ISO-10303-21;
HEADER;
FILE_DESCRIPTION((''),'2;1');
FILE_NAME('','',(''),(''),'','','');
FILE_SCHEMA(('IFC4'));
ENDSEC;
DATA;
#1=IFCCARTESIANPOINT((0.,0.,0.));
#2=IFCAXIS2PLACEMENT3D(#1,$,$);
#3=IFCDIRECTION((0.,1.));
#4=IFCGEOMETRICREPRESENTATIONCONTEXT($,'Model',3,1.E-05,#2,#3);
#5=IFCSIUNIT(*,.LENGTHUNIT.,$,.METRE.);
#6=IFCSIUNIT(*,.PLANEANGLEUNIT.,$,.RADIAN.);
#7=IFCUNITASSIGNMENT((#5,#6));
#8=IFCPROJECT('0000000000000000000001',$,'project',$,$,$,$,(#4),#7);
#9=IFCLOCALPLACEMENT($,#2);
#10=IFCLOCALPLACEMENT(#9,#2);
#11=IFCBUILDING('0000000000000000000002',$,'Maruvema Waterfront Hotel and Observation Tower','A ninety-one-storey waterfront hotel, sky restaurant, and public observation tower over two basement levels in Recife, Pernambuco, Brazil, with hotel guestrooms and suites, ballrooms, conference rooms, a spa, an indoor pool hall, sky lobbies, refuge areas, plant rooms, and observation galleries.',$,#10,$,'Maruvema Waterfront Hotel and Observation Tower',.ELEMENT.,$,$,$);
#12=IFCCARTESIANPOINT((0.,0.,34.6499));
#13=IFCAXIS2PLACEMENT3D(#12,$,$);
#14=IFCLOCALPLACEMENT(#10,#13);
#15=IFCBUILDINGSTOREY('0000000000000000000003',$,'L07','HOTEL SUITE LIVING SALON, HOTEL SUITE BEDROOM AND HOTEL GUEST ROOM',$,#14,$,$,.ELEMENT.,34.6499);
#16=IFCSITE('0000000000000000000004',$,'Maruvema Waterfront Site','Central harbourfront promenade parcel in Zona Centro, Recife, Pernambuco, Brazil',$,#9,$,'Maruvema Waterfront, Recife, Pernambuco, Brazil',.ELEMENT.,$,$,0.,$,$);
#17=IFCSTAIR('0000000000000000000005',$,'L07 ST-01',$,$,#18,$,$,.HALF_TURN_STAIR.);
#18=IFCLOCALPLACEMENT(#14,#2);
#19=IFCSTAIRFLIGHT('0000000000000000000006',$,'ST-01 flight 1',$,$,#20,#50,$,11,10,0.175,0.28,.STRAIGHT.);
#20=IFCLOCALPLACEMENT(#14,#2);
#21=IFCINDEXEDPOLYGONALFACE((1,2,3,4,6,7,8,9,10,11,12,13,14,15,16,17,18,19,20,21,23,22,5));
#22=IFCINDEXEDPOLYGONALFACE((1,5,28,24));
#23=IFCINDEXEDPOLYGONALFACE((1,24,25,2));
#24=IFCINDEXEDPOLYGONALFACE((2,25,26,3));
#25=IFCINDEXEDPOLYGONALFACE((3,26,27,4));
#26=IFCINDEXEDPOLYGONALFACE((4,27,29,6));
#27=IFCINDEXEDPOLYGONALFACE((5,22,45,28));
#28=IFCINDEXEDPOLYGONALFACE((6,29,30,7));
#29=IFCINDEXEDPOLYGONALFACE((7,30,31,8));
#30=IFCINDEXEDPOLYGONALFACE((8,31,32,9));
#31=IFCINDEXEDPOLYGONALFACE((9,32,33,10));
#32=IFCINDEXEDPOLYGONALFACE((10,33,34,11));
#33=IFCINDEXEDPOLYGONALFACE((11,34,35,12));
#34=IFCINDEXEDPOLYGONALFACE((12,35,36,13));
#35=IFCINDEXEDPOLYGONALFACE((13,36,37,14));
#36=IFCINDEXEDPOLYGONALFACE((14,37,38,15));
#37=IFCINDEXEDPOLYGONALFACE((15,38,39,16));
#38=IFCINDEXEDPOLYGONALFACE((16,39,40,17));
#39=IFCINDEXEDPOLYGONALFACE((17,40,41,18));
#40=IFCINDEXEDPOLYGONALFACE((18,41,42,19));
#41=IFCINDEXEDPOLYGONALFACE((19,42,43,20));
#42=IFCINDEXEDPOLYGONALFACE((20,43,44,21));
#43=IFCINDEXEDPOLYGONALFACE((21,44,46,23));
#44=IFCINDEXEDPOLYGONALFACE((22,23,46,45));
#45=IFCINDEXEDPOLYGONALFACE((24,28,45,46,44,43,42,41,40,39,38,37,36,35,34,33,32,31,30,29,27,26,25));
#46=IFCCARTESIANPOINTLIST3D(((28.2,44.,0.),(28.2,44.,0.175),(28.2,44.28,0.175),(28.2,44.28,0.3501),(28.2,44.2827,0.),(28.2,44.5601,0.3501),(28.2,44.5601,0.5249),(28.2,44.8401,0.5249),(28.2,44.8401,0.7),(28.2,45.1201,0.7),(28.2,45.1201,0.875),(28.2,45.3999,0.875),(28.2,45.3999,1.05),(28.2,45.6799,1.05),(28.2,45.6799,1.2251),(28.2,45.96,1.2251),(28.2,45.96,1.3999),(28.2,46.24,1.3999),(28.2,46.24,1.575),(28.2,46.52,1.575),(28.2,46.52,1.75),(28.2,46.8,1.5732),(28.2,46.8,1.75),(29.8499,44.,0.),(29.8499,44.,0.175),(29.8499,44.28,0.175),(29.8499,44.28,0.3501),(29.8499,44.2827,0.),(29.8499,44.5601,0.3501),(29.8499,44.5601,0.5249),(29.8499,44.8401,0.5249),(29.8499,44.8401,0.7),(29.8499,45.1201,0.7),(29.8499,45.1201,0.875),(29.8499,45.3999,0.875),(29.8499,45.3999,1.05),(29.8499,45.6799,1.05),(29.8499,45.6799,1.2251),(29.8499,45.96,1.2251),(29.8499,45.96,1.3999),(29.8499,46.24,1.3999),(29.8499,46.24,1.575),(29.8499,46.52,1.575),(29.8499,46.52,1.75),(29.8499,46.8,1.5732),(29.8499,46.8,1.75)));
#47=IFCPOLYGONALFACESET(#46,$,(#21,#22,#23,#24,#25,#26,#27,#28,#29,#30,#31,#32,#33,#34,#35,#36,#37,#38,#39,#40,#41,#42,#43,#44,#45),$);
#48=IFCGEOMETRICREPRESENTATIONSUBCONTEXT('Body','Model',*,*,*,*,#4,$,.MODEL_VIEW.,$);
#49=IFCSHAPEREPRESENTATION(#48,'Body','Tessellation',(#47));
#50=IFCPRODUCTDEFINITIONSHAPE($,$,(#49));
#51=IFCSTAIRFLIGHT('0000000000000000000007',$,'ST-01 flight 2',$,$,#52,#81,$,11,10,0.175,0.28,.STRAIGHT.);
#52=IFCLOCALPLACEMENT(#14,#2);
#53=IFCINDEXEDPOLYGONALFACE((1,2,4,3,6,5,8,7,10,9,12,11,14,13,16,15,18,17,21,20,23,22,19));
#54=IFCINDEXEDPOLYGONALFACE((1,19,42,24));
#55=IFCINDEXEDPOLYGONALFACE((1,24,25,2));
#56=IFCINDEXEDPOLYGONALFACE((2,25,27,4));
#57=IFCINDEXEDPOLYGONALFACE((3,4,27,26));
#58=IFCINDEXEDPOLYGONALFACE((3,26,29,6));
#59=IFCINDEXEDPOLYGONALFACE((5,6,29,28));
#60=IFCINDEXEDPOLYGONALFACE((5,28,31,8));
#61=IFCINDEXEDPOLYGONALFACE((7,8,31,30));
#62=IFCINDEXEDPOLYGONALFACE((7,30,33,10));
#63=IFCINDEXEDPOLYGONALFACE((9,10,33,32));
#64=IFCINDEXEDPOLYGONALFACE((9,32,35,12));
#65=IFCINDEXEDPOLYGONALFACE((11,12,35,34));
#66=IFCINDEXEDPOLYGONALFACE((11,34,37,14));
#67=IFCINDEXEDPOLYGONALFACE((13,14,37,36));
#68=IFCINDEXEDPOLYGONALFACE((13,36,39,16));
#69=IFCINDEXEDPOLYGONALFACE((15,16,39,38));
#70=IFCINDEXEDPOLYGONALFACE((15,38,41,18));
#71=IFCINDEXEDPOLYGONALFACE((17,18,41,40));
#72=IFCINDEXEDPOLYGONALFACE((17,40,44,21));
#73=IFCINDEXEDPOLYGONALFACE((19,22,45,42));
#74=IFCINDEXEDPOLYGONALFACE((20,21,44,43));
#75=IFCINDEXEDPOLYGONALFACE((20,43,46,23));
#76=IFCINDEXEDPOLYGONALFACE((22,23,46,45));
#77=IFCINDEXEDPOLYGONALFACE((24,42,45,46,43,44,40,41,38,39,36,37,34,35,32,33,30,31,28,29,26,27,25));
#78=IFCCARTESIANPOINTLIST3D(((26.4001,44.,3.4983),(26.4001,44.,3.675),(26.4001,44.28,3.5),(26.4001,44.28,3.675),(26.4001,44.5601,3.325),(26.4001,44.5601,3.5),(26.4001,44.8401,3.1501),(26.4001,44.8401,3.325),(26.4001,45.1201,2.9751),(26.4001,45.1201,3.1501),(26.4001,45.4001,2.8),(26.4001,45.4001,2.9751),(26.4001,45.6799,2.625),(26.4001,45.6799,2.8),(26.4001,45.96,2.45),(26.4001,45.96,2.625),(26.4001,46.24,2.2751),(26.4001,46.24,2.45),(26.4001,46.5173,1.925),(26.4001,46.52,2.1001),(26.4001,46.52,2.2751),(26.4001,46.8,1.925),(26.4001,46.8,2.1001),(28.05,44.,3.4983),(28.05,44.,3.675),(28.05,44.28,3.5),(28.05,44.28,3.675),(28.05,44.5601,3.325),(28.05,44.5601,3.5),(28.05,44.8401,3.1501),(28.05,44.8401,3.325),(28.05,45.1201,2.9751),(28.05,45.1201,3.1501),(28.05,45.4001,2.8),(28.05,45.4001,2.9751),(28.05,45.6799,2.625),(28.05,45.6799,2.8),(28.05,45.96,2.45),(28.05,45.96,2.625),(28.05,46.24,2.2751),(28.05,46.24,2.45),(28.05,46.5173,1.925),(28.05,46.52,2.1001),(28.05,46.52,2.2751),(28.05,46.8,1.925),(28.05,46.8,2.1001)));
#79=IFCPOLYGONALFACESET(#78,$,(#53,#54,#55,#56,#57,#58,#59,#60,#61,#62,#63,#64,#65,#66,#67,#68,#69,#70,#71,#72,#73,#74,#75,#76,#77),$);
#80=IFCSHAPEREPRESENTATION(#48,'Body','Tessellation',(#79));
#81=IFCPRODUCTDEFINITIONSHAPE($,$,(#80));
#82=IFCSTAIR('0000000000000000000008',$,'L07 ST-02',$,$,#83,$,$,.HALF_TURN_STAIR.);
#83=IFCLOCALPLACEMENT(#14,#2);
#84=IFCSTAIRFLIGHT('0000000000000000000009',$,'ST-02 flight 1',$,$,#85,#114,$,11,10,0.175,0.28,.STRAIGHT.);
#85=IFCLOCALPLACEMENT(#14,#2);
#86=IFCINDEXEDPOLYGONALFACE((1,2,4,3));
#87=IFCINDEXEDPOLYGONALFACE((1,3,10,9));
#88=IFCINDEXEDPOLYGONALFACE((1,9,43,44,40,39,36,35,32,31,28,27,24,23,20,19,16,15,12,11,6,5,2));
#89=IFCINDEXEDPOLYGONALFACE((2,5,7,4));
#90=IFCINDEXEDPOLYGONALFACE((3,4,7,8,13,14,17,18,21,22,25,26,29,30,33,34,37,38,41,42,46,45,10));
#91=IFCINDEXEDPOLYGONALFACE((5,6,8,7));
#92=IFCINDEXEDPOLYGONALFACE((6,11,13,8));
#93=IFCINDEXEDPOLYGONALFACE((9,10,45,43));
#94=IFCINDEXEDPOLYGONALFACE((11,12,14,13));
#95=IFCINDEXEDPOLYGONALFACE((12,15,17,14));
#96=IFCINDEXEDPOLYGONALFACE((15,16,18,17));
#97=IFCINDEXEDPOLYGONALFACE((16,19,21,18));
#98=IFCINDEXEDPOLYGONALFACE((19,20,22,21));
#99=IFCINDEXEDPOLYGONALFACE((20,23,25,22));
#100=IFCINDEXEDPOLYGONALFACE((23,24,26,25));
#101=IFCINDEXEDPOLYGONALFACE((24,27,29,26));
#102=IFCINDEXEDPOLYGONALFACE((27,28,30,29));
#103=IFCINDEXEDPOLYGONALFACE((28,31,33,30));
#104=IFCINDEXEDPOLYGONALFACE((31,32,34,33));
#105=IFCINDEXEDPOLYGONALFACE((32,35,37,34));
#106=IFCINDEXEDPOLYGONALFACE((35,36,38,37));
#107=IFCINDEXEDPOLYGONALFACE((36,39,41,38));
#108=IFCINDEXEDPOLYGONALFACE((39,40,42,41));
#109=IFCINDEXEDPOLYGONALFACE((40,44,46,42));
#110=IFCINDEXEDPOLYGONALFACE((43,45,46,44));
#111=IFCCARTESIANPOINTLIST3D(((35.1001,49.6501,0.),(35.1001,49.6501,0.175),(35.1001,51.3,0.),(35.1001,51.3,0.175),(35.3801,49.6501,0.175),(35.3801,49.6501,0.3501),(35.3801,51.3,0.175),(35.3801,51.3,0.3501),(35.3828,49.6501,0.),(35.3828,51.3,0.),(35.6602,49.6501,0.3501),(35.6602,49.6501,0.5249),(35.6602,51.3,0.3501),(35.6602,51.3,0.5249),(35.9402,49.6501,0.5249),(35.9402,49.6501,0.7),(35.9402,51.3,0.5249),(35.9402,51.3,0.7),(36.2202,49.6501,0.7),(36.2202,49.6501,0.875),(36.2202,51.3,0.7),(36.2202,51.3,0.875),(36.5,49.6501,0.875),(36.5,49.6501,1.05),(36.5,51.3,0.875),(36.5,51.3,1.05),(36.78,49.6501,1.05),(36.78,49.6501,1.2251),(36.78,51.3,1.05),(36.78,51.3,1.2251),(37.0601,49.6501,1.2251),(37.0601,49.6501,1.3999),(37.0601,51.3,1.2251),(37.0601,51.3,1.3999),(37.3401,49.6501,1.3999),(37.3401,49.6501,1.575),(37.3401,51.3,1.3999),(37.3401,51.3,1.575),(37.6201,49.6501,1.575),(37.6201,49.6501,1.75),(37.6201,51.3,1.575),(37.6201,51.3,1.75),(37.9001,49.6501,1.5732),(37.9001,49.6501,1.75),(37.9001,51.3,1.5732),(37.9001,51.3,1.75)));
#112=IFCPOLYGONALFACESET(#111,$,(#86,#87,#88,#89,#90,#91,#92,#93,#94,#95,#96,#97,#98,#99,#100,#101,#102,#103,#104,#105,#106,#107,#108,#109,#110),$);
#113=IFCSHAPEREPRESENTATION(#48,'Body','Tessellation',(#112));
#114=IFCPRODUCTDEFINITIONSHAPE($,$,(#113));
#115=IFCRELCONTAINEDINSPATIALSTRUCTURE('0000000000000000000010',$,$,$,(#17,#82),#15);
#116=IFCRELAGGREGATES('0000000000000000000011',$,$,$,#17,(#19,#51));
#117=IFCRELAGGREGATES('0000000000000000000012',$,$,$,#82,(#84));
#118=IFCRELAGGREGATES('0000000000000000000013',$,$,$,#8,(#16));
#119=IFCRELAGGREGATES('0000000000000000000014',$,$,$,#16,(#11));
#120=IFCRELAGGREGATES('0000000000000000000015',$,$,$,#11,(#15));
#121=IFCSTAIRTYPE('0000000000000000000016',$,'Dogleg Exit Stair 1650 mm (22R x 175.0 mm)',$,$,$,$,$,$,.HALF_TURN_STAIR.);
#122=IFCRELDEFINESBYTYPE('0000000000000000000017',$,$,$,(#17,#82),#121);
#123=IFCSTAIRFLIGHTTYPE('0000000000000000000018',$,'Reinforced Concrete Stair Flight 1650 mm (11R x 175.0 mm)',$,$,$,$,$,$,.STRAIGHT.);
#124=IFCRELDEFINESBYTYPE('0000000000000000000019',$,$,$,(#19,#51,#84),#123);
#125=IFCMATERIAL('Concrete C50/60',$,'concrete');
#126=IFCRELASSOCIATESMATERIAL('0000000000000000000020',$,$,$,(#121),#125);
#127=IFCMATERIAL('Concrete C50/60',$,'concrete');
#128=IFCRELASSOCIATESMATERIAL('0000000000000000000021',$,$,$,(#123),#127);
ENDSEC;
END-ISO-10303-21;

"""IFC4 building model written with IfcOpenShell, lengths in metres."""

from ifc_helpers import new_model, si_unit, direction, frame, origin, place, context, subcontext, project, spatial, polyline, outline, extrude, material, type_object, element, aggregate, save


model = new_model("IFC4")

# Units and contexts
model_context = context("Model", 3, precision=1e-05, world=origin(), true_north=direction((0.0, 1.0)))
body_context = subcontext(model_context, "Body", "Model", "MODEL_VIEW")
ifc_project = project(units=[si_unit("LENGTHUNIT", "METRE"), si_unit("PLANEANGLEUNIT", "RADIAN")], contexts=[model_context])

# Site, building, storey
site_placement = place(None, origin())
site = spatial("IfcSite", under=ifc_project, at=site_placement, Name="Maruvema Waterfront Site", Description="Central harbourfront promenade parcel in Zona Centro, Recife, Pernambuco, Brazil", LongName="Maruvema Waterfront, Recife, Pernambuco, Brazil", CompositionType="ELEMENT", RefElevation=0.0)
building_placement = place(site_placement, origin())
building = spatial("IfcBuilding", under=site, at=building_placement, Name="Maruvema Waterfront Hotel and Observation Tower", Description="A ninety-one-storey waterfront hotel, sky restaurant, and public observation tower over two basement levels in Recife, Pernambuco, Brazil, with hotel guestrooms and suites, ballrooms, conference rooms, a spa, an indoor pool hall, sky lobbies, refuge areas, plant rooms, and observation galleries.", LongName="Maruvema Waterfront Hotel and Observation Tower", CompositionType="ELEMENT")
storey_placement = place(building_placement, frame((0.0, 0.0, 34.6499)))
storey = spatial("IfcBuildingStorey", under=building, at=storey_placement, Name="L07", Description="HOTEL SUITE LIVING SALON, HOTEL SUITE BEDROOM AND HOTEL GUEST ROOM", CompositionType="ELEMENT", Elevation=34.6499)

# Stair, stair flights
ifc_material_1 = material(Name="Concrete C50/60", Category="concrete")
stair_type = type_object("IfcStairType", Name="Dogleg Exit Stair 1650 mm (22R x 175.0 mm)", PredefinedType="HALF_TURN_STAIR", material=ifc_material_1)
stair_1_placement = place(storey_placement, origin())
stair_1 = element("IfcStair", 1, at=stair_1_placement, inside=storey, type_object=stair_type, Name="L07 ST-01", PredefinedType="HALF_TURN_STAIR")
ifc_material_2 = material(Name="Concrete C50/60", Category="concrete")
stair_flight_type = type_object("IfcStairFlightType", Name="Reinforced Concrete Stair Flight 1650 mm (11R x 175.0 mm)", PredefinedType="STRAIGHT", material=ifc_material_2)
stair_flight_1_placement = place(storey_placement, frame((29.0249, 44.0, 0.0), z_axis=(0.0, 0.0, 1.0), x_axis=(0.0, 1.0, 0.0)))
stair_flight_1 = element("IfcStairFlight", 2, at=stair_flight_1_placement, type_object=stair_flight_type, Name="ST-01 flight 1", NumberOfRisers=11, NumberOfTreads=10, PredefinedType="STRAIGHT", RiserHeight=0.175, TreadLength=0.28, context=body_context, shape_type="SweptSolid", body=[
    extrude(outline(polyline([(0.0, 0.0), (0.0, 0.175), (0.28, 0.175), (0.28, 0.3501), (0.5601, 0.3501), (0.5601, 0.5249), (0.8401, 0.5249), (0.8401, 0.7), (1.1201, 0.7), (1.1201, 0.875), (1.3999, 0.875), (1.3999, 1.05), (1.6799, 1.05), (1.6799, 1.2251), (1.96, 1.2251), (1.96, 1.3999), (2.24, 1.3999), (2.24, 1.575), (2.52, 1.575), (2.52, 1.75), (2.8, 1.75), (2.8, 1.925), (2.8, 1.5732), (0.2827, 0.0), (0.0, 0.0)])), frame((0.0, 0.825, 0.0), z_axis=(0.0, -1.0, 0.0), x_axis=(1.0, 0.0, 0.0)), (0.0, 0.0, 1.0), 1.6499),
])
stair_flight_2_placement = place(storey_placement, frame((27.2251, 46.8, 1.925), z_axis=(0.0, 0.0, 1.0), x_axis=(0.0, -1.0, 0.0)))
stair_flight_2 = element("IfcStairFlight", 3, at=stair_flight_2_placement, type_object=stair_flight_type, Name="ST-01 flight 2", NumberOfRisers=11, NumberOfTreads=10, PredefinedType="STRAIGHT", RiserHeight=0.175, TreadLength=0.28, context=body_context, shape_type="SweptSolid", body=[
    extrude(outline(polyline([(0.0, 0.0), (0.0, 0.175), (0.28, 0.175), (0.28, 0.3501), (0.5601, 0.3501), (0.5601, 0.5249), (0.8401, 0.5249), (0.8401, 0.7), (1.1201, 0.7), (1.1201, 0.875), (1.3999, 0.875), (1.3999, 1.05), (1.6799, 1.05), (1.6799, 1.2251), (1.96, 1.2251), (1.96, 1.3999), (2.24, 1.3999), (2.24, 1.575), (2.52, 1.575), (2.52, 1.75), (2.8, 1.75), (2.8, 1.925), (2.8, 1.5732), (0.2827, 0.0), (0.0, 0.0)])), frame((0.0, 0.825, 0.0), z_axis=(0.0, -1.0, 0.0), x_axis=(1.0, 0.0, 0.0)), (0.0, 0.0, 1.0), 1.6499),
])
aggregate(stair_1, [stair_flight_1, stair_flight_2])

# Stair, stair flight
stair_2_placement = place(storey_placement, origin())
stair_2 = element("IfcStair", 4, at=stair_2_placement, inside=storey, type_object=stair_type, Name="L07 ST-02", PredefinedType="HALF_TURN_STAIR")
stair_flight_3_placement = place(storey_placement, frame((35.1001, 50.4751, 0.0), z_axis=(0.0, 0.0, 1.0), x_axis=(1.0, 0.0, 0.0)))
stair_flight_3 = element("IfcStairFlight", 5, at=stair_flight_3_placement, type_object=stair_flight_type, Name="ST-02 flight 1", NumberOfRisers=11, NumberOfTreads=10, PredefinedType="STRAIGHT", RiserHeight=0.175, TreadLength=0.28, context=body_context, shape_type="SweptSolid", body=[
    extrude(outline(polyline([(0.0, 0.0), (0.0, 0.175), (0.28, 0.175), (0.28, 0.3501), (0.5601, 0.3501), (0.5601, 0.5249), (0.8401, 0.5249), (0.8401, 0.7), (1.1201, 0.7), (1.1201, 0.875), (1.3999, 0.875), (1.3999, 1.05), (1.6799, 1.05), (1.6799, 1.2251), (1.96, 1.2251), (1.96, 1.3999), (2.24, 1.3999), (2.24, 1.575), (2.52, 1.575), (2.52, 1.75), (2.8, 1.75), (2.8, 1.925), (2.8, 1.5732), (0.2827, 0.0), (0.0, 0.0)])), frame((0.0, 0.825, 0.0), z_axis=(0.0, -1.0, 0.0), x_axis=(1.0, 0.0, 0.0)), (0.0, 0.0, 1.0), 1.6499),
])
aggregate(stair_2, [stair_flight_3])

save(model, "model.ifc")
